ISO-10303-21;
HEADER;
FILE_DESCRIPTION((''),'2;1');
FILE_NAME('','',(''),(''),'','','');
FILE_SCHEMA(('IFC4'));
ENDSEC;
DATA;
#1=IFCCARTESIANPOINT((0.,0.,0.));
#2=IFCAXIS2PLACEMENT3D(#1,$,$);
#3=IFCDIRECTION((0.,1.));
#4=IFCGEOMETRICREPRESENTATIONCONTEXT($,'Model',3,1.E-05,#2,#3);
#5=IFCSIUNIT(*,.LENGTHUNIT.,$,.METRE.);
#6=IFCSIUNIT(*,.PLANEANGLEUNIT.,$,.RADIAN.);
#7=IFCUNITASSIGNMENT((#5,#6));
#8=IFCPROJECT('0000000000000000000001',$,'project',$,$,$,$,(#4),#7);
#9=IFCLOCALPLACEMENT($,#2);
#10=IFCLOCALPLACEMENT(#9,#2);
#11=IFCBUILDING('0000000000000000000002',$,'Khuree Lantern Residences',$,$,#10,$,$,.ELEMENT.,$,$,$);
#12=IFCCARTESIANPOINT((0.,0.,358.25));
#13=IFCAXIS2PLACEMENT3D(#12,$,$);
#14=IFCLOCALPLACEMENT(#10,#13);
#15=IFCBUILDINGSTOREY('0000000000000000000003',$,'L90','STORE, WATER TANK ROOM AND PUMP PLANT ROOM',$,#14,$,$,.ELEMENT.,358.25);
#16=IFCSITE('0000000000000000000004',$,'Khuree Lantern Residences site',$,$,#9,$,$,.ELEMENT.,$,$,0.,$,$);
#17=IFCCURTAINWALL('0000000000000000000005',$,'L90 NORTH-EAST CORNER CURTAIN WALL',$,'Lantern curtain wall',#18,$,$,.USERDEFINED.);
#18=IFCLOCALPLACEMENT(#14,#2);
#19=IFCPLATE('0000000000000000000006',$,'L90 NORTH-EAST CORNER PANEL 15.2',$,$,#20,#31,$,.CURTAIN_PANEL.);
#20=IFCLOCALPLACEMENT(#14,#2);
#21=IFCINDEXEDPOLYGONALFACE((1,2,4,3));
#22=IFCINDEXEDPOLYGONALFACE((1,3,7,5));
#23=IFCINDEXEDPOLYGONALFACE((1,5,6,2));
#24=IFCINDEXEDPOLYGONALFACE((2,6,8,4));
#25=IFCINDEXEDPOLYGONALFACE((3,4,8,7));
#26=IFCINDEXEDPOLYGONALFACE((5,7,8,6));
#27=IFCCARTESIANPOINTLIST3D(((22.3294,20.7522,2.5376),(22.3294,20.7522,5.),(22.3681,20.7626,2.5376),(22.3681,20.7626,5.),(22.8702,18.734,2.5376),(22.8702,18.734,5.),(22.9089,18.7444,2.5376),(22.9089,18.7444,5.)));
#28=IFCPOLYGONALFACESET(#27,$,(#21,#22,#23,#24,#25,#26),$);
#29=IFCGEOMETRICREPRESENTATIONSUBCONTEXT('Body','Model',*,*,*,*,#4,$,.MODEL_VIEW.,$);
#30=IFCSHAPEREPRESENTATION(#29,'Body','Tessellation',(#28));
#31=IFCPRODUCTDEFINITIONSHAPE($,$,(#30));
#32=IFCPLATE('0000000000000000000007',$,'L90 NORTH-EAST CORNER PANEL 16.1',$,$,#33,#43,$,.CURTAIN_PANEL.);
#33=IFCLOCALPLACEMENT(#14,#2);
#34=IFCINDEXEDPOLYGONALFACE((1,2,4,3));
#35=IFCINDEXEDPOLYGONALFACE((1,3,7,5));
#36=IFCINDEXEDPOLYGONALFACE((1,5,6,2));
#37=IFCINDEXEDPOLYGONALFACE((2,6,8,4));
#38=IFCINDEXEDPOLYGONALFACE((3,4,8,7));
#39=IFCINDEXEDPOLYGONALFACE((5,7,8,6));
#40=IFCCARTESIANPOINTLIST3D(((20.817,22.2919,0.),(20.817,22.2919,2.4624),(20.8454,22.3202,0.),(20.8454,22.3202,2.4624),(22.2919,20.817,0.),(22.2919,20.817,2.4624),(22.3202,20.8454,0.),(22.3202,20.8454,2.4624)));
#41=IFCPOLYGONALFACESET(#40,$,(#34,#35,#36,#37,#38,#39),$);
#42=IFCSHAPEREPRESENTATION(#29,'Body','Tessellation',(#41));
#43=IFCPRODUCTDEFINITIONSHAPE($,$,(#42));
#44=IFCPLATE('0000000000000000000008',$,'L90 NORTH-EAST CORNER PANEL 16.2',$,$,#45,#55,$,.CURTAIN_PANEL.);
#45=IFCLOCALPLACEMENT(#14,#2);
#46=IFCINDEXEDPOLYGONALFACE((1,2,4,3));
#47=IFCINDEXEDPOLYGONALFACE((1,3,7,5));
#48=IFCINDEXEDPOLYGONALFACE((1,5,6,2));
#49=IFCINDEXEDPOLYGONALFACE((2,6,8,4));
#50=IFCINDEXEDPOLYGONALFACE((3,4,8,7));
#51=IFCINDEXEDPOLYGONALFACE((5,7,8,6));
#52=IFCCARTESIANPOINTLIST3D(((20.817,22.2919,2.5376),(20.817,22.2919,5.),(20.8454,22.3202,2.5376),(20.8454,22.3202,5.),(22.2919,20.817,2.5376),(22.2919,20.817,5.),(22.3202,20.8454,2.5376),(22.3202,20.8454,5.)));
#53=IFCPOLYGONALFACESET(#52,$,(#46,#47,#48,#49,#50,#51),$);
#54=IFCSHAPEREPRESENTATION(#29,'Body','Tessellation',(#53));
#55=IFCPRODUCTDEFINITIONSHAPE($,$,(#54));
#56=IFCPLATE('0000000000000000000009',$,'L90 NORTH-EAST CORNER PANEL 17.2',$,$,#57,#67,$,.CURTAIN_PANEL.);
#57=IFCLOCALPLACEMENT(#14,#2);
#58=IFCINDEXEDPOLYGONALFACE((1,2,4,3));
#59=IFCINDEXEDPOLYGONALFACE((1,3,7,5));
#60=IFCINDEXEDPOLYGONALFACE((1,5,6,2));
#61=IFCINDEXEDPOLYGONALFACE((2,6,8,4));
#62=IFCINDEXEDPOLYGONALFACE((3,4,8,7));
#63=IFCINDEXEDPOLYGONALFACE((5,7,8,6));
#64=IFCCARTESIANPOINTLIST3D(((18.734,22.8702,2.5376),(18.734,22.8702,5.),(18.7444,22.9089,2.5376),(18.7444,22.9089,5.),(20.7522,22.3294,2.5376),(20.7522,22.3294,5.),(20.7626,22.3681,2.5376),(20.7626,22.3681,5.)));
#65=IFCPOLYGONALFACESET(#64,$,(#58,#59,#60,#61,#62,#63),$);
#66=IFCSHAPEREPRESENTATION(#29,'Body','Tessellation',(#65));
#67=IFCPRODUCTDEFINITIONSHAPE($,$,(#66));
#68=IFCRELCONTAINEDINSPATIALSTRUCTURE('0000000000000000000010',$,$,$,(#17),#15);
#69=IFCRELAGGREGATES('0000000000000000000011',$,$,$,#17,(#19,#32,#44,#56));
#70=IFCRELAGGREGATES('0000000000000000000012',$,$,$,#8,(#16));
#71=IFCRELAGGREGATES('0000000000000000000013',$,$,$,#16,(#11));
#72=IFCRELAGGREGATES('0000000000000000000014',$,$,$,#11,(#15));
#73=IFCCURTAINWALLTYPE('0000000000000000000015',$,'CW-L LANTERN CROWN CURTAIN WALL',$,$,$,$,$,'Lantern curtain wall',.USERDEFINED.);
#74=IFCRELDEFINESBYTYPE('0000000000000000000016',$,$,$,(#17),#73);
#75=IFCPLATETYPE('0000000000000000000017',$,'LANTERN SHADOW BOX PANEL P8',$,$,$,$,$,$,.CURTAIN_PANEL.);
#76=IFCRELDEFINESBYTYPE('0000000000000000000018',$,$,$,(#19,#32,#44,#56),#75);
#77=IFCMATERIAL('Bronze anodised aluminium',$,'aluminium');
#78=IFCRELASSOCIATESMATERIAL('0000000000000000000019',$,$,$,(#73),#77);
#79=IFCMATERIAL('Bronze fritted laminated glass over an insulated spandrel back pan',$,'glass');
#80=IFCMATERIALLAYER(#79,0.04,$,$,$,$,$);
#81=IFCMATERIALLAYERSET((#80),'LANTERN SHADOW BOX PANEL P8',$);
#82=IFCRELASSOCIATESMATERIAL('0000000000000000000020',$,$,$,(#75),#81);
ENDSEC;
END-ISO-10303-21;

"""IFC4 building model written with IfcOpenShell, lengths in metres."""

from ifc_helpers import new_model, si_unit, direction, frame, origin, origin_2d, place, context, subcontext, project, spatial, rectangle, extrude, material, layer, layer_set, type_object, element, aggregate, save


model = new_model("IFC4")

# Units and contexts
model_context = context("Model", 3, precision=1e-05, world=origin(), true_north=direction((0.0, 1.0)))
body_context = subcontext(model_context, "Body", "Model", "MODEL_VIEW")
ifc_project = project(units=[si_unit("LENGTHUNIT", "METRE"), si_unit("PLANEANGLEUNIT", "RADIAN")], contexts=[model_context])

# Site, building, storey
site_placement = place(None, origin())
site = spatial("IfcSite", under=ifc_project, at=site_placement, Name="Khuree Lantern Residences site", CompositionType="ELEMENT", RefElevation=0.0)
building_placement = place(site_placement, origin())
building = spatial("IfcBuilding", under=site, at=building_placement, Name="Khuree Lantern Residences", CompositionType="ELEMENT")
storey_placement = place(building_placement, frame((0.0, 0.0, 358.25)))
storey = spatial("IfcBuildingStorey", under=building, at=storey_placement, Name="L90", Description="STORE, WATER TANK ROOM AND PUMP PLANT ROOM", CompositionType="ELEMENT", Elevation=358.25)

# Shared definitions
ifc_material_1 = material(Name="Bronze anodised aluminium", Category="aluminium")
curtain_wall_type = type_object("IfcCurtainWallType", Name="CW-L LANTERN CROWN CURTAIN WALL", ElementType="Lantern curtain wall", PredefinedType="USERDEFINED", material=ifc_material_1)

# Curtain wall
curtain_wall_1_placement = place(storey_placement, origin())
curtain_wall_1 = element("IfcCurtainWall", 1, at=curtain_wall_1_placement, inside=storey, type_object=curtain_wall_type, Name="L90 NORTH-EAST CORNER CURTAIN WALL", ObjectType="Lantern curtain wall", PredefinedType="USERDEFINED")

# Plates
ifc_material_2 = material(Name="Bronze fritted laminated glass over an insulated spandrel back pan", Category="glass")
ifc_layer = layer(ifc_material_2, 0.04)
ifc_layer_set = layer_set([ifc_layer], Name="LANTERN SHADOW BOX PANEL P8")
plate_type = type_object("IfcPlateType", Name="LANTERN SHADOW BOX PANEL P8", PredefinedType="CURTAIN_PANEL", material=ifc_layer_set)
plate_1_placement = place(storey_placement, frame((22.6191, 19.7483, 2.5376), z_axis=(0.0, 0.0, 1.0), x_axis=(-0.258819, 0.965926, 0.0)))
plate_1 = element("IfcPlate", 2, at=plate_1_placement, type_object=plate_type, Name="L90 NORTH-EAST CORNER PANEL 15.2", PredefinedType="CURTAIN_PANEL", context=body_context, shape_type="SweptSolid", body=[
    extrude(rectangle(XDim=2.0894, YDim=0.04, at=origin_2d()), origin(), (0.0, 0.0, 1.0), 2.4624),
])
plate_2_placement = place(storey_placement, frame((21.5686, 21.5686, 0.0), z_axis=(0.0, 0.0, 1.0), x_axis=(-0.707107, 0.707107, 0.0)))
plate_2 = element("IfcPlate", 3, at=plate_2_placement, type_object=plate_type, Name="L90 NORTH-EAST CORNER PANEL 16.1", PredefinedType="CURTAIN_PANEL", context=body_context, shape_type="SweptSolid", body=[
    extrude(rectangle(XDim=2.0857, YDim=0.04, at=origin_2d()), origin(), (0.0, 0.0, 1.0), 2.4624),
])
plate_3_placement = place(storey_placement, frame((21.5686, 21.5686, 2.5376), z_axis=(0.0, 0.0, 1.0), x_axis=(-0.707107, 0.707107, 0.0)))
plate_3 = element("IfcPlate", 4, at=plate_3_placement, type_object=plate_type, Name="L90 NORTH-EAST CORNER PANEL 16.2", PredefinedType="CURTAIN_PANEL", context=body_context, shape_type="SweptSolid", body=[
    extrude(rectangle(XDim=2.0857, YDim=0.04, at=origin_2d()), origin(), (0.0, 0.0, 1.0), 2.4624),
])
plate_4_placement = place(storey_placement, frame((19.7483, 22.6191, 2.5376), z_axis=(0.0, 0.0, 1.0), x_axis=(-0.965926, 0.258819, 0.0)))
plate_4 = element("IfcPlate", 5, at=plate_4_placement, type_object=plate_type, Name="L90 NORTH-EAST CORNER PANEL 17.2", PredefinedType="CURTAIN_PANEL", context=body_context, shape_type="SweptSolid", body=[
    extrude(rectangle(XDim=2.0894, YDim=0.04, at=origin_2d()), origin(), (0.0, 0.0, 1.0), 2.4624),
])
aggregate(curtain_wall_1, [plate_1, plate_2, plate_3, plate_4])

save(model, "model.ifc")
